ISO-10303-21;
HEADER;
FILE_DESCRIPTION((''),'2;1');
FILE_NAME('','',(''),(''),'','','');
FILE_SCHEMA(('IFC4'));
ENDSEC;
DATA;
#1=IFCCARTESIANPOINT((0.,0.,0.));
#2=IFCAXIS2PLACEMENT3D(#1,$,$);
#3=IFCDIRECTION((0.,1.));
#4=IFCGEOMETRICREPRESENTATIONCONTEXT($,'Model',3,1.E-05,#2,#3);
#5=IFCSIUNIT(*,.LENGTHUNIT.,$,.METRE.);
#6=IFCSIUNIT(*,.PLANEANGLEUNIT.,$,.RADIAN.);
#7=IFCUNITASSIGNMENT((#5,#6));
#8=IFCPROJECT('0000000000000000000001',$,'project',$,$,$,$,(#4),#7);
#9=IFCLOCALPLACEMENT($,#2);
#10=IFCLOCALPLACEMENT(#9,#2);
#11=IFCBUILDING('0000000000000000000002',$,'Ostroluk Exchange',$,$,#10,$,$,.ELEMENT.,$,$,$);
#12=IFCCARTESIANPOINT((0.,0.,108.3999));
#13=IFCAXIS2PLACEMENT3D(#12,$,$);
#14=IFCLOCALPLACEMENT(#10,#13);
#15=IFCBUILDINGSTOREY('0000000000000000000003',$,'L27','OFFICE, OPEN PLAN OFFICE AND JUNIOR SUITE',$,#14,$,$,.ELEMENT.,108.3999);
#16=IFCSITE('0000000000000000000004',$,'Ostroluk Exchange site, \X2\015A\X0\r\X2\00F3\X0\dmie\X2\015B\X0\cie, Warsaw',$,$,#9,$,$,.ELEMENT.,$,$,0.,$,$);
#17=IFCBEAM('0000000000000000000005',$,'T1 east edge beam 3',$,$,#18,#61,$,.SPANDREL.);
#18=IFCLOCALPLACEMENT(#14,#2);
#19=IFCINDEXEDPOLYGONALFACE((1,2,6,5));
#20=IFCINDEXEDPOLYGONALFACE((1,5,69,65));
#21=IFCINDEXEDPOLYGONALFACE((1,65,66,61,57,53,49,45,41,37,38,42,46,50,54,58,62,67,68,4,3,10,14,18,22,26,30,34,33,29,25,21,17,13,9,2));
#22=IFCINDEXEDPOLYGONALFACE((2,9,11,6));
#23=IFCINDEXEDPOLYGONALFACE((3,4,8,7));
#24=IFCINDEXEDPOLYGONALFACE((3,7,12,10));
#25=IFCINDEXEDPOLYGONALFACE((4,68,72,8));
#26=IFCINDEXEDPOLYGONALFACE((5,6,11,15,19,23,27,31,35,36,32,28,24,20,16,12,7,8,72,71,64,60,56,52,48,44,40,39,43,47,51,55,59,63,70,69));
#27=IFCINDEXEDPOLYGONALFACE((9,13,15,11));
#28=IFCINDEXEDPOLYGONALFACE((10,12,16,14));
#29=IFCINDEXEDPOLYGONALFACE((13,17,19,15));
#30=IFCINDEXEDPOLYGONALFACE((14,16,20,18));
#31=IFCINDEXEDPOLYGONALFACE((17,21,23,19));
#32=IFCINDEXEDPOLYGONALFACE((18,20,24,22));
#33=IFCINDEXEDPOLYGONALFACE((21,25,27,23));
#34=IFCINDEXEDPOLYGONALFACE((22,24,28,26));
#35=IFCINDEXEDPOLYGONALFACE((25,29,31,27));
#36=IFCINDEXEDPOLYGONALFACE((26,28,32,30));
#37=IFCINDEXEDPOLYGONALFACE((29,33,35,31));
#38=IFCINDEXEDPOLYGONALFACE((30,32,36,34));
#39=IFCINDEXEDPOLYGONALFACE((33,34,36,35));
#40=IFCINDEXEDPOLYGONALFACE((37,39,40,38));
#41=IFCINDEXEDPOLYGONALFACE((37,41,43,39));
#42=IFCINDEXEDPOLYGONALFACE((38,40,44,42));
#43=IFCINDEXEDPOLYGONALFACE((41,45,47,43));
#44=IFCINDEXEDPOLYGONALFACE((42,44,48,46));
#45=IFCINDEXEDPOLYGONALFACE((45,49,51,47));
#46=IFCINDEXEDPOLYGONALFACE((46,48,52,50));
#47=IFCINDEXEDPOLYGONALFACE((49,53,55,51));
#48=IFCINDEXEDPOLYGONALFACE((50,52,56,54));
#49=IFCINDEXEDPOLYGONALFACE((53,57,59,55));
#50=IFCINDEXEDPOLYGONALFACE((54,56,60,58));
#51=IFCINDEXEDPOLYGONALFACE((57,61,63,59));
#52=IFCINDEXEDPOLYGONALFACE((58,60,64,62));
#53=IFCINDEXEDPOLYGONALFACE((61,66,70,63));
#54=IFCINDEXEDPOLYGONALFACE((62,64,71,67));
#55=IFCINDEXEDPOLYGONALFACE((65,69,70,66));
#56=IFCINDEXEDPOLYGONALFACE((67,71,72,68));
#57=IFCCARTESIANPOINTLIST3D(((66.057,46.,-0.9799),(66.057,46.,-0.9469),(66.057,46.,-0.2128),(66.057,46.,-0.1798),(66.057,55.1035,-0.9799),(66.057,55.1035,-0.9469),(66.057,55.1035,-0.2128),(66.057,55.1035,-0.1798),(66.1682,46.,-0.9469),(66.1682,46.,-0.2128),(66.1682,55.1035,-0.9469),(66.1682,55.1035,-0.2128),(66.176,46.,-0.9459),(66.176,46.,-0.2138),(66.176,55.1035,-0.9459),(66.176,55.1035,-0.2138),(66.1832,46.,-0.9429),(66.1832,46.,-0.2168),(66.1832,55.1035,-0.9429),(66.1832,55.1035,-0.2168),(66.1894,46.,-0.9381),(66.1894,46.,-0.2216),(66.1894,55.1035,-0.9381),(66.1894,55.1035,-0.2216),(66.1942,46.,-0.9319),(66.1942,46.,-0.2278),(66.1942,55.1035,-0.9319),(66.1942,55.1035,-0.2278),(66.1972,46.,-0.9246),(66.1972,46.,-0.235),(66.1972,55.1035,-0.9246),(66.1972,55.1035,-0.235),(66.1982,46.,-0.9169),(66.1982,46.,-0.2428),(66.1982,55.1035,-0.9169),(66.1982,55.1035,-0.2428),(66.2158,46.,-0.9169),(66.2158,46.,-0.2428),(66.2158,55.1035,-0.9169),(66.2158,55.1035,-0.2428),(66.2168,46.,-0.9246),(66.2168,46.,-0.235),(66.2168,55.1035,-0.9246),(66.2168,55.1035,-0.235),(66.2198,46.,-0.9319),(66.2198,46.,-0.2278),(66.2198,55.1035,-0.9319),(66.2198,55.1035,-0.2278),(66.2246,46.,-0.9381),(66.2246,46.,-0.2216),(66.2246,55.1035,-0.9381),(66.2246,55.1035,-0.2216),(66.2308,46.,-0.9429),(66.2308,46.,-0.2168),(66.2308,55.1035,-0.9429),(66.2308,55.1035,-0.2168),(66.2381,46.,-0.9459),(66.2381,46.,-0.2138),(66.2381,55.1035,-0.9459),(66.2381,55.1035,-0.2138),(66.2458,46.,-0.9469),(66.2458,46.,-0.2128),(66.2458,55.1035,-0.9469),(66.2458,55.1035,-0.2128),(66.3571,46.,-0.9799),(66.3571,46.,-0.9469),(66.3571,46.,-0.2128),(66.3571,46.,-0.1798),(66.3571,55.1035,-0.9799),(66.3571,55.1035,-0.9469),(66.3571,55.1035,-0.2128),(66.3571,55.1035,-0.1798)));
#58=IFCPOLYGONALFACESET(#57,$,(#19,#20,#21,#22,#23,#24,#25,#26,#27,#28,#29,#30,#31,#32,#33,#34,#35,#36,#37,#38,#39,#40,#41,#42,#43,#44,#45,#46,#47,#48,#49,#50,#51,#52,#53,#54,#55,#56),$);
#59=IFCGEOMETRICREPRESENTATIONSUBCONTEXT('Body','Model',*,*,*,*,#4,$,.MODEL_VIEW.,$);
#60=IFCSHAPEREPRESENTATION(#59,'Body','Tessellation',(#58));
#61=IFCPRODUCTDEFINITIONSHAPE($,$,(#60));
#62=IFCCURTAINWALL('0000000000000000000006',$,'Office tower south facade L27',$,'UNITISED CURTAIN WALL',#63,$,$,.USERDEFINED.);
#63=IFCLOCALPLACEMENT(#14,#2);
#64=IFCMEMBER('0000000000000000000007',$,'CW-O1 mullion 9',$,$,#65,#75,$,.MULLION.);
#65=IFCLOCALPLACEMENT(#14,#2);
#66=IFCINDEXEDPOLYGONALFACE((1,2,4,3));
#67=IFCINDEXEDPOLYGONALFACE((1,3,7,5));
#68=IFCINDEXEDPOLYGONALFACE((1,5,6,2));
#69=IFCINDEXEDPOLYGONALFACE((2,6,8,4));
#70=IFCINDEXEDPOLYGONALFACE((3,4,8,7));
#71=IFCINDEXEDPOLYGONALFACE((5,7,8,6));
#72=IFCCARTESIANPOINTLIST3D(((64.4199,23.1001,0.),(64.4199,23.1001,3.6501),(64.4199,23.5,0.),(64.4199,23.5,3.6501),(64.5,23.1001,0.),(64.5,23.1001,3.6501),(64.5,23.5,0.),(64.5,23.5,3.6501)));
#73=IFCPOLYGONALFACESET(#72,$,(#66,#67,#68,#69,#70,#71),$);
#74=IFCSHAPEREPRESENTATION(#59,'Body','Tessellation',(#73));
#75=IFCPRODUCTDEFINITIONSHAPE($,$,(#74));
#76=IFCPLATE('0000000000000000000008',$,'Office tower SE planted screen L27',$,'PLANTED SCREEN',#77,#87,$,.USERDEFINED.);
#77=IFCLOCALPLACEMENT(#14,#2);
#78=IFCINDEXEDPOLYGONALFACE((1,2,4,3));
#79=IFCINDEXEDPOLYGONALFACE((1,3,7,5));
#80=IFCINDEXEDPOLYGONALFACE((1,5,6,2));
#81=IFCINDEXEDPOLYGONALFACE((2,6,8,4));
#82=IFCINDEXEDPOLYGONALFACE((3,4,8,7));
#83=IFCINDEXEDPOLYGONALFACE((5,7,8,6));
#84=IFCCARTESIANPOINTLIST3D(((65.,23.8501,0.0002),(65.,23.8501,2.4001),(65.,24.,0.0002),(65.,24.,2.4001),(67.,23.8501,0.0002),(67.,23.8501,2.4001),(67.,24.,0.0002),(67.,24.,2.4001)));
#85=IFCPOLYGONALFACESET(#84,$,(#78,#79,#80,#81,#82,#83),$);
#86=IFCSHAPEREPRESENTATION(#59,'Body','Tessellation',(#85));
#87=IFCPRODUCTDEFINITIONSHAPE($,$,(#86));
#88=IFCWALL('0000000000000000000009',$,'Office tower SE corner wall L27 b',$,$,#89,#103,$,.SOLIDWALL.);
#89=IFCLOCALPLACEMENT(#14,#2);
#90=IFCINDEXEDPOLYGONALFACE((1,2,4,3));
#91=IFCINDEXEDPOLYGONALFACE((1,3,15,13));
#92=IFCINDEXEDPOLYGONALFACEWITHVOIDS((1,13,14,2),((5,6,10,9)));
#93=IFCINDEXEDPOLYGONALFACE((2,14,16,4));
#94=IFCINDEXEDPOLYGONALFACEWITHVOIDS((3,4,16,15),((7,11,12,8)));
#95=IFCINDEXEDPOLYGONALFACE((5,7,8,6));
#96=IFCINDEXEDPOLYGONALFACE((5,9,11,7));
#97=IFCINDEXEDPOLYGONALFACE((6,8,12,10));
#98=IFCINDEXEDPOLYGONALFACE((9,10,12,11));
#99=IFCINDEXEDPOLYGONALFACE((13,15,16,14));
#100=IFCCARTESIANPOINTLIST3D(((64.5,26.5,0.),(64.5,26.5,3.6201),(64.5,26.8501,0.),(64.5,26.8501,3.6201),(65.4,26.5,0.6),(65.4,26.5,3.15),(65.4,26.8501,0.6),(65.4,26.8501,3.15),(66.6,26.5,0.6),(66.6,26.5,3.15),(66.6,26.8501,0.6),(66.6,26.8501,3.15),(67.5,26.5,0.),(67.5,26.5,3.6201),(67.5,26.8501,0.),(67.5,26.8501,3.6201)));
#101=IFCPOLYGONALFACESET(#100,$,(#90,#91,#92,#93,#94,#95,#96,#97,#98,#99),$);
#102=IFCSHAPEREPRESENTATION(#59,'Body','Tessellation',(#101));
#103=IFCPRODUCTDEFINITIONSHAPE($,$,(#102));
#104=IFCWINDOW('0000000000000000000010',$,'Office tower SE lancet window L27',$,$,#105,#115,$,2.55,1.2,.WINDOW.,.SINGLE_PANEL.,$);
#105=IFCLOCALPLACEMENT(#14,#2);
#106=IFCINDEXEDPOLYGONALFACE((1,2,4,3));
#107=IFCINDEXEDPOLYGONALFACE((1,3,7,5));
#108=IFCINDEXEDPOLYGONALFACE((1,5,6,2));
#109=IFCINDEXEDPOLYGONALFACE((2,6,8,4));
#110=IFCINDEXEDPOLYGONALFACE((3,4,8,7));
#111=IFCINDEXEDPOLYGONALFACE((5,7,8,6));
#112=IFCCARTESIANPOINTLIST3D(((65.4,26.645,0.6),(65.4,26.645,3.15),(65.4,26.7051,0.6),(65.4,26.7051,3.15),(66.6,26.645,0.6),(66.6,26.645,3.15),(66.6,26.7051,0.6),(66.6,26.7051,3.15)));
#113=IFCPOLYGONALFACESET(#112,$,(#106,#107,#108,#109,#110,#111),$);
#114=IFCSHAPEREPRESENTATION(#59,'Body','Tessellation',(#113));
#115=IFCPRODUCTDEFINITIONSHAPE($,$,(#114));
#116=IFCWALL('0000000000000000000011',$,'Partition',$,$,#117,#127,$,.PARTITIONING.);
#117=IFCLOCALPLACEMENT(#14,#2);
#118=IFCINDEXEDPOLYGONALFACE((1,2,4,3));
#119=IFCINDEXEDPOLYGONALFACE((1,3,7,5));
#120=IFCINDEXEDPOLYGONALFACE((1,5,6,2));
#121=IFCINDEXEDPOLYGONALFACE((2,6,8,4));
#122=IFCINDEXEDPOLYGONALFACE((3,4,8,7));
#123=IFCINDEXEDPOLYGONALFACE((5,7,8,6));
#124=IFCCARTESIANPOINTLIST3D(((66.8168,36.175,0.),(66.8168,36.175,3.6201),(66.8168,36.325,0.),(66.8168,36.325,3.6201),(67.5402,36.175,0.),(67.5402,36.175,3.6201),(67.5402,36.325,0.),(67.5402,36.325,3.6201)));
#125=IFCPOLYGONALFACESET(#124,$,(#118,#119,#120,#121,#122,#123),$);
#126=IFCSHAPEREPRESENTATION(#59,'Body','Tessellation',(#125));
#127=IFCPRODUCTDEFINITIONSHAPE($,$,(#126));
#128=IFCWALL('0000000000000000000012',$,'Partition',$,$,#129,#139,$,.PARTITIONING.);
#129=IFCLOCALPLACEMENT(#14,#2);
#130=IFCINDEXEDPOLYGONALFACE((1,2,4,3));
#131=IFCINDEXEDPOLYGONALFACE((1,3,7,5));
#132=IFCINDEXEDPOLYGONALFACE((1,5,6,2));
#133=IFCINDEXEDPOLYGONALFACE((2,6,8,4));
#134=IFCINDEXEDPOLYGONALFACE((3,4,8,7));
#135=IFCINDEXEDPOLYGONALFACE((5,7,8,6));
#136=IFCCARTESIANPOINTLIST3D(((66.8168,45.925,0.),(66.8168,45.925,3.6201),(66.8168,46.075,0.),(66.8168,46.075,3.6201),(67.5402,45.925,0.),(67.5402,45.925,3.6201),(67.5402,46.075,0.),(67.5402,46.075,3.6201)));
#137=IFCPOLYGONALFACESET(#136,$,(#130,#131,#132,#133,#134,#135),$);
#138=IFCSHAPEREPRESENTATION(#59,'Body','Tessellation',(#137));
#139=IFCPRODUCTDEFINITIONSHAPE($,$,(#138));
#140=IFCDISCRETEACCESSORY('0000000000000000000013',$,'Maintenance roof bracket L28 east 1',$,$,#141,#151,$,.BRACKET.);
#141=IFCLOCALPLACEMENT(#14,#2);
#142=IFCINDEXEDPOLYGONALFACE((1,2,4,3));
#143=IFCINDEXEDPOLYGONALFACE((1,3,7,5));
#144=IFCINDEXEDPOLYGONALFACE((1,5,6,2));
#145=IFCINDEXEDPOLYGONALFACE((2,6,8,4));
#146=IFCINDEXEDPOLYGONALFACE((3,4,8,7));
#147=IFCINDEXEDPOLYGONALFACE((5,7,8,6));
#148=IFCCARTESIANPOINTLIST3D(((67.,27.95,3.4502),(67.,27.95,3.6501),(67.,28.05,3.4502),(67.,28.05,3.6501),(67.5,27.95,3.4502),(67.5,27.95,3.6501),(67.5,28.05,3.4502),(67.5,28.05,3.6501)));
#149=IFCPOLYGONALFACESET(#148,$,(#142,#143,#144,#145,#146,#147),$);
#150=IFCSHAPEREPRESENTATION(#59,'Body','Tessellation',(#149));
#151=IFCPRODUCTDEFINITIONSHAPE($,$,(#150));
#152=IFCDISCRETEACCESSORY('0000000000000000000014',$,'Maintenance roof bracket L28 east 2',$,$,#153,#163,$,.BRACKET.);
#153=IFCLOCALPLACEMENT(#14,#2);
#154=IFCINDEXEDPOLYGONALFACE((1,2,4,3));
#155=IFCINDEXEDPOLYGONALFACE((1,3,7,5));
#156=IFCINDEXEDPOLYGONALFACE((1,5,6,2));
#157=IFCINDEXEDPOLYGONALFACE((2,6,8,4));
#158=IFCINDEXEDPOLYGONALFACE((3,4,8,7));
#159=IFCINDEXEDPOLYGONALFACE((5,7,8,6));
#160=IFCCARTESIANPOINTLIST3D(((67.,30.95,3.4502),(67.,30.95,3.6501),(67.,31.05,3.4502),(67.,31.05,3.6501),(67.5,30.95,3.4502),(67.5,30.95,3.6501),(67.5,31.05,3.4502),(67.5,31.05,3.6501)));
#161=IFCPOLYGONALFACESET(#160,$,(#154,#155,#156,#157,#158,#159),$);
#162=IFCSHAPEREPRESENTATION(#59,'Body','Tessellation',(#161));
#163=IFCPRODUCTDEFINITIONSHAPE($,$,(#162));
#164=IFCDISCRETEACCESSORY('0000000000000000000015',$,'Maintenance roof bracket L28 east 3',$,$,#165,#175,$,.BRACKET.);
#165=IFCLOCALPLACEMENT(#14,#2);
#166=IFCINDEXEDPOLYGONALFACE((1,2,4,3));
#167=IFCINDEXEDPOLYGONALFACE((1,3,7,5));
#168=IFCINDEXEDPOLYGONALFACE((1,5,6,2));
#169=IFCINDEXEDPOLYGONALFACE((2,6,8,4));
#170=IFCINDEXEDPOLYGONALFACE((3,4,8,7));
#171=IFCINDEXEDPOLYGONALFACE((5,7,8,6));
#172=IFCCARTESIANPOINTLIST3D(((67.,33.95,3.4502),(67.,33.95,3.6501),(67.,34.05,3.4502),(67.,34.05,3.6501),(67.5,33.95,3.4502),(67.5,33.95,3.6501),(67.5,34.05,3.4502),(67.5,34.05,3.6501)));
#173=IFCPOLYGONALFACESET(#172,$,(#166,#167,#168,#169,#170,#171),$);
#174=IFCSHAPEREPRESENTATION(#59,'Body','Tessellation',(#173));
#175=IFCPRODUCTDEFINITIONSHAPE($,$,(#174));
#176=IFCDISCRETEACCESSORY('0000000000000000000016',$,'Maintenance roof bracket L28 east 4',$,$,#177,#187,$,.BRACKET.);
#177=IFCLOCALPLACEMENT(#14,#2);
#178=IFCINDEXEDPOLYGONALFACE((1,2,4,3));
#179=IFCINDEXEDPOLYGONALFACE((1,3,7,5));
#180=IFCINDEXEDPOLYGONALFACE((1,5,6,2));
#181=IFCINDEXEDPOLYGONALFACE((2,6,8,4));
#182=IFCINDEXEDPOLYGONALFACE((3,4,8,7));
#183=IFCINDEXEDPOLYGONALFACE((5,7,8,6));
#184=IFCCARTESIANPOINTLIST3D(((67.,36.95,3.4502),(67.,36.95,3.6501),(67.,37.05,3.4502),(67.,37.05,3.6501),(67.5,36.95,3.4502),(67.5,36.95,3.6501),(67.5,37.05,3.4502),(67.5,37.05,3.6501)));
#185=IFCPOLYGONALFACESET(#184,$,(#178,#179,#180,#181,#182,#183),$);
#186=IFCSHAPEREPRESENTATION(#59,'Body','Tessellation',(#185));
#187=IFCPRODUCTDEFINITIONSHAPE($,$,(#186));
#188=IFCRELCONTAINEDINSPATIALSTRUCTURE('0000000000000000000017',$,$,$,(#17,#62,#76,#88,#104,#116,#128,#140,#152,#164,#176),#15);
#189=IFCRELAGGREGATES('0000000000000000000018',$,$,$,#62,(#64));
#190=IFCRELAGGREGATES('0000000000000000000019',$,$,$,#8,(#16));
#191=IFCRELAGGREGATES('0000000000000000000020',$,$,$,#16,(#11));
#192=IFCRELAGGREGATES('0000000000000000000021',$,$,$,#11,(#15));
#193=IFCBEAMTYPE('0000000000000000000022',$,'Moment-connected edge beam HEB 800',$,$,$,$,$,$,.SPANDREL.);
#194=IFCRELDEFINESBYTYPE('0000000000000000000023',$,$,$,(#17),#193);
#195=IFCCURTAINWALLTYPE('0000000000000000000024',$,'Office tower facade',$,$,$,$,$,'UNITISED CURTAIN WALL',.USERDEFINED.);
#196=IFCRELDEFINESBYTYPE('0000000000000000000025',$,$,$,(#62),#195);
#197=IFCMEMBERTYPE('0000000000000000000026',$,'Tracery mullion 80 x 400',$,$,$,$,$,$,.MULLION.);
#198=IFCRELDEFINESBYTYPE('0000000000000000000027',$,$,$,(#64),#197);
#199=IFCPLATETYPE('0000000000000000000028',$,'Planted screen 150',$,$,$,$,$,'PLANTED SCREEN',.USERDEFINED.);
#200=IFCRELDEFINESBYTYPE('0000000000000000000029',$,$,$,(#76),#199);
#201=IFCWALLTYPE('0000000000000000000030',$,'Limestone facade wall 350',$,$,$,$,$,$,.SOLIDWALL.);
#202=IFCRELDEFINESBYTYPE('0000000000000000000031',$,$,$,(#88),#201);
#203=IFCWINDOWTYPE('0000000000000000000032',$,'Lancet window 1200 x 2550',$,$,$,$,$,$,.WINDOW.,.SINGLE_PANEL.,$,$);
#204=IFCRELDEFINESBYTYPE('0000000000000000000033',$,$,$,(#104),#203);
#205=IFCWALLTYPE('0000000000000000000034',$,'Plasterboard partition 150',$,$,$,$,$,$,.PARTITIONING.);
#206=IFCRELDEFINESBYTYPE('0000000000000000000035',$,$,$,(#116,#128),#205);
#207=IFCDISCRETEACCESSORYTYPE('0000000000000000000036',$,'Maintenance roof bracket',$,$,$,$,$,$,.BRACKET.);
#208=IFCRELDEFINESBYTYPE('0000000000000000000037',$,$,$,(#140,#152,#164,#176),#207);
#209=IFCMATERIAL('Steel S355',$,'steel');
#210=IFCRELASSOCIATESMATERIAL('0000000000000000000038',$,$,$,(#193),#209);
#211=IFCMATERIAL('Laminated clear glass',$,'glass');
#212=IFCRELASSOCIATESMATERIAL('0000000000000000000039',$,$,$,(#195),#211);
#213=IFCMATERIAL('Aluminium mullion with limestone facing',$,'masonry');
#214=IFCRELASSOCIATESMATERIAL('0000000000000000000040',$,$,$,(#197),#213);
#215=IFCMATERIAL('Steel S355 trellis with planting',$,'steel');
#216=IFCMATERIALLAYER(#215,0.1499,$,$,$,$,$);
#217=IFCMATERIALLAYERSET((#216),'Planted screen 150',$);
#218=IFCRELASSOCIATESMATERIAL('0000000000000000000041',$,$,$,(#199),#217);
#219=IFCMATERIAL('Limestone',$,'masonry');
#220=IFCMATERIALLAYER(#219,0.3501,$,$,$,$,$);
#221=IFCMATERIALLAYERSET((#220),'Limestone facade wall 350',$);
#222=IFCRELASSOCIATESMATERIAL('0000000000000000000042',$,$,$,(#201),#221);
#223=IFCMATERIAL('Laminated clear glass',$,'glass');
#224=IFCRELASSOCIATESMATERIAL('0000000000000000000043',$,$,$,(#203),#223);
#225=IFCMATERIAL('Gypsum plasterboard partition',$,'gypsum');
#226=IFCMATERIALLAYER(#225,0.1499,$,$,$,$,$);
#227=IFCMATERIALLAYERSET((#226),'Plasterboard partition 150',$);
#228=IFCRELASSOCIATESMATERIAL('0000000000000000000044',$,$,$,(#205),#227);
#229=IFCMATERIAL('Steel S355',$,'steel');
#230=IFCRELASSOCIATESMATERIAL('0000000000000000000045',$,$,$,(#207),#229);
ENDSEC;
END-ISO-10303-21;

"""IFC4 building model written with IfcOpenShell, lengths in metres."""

from ifc_helpers import new_model, si_unit, direction, frame, frame_2d, origin, origin_2d, place, context, subcontext, project, spatial, rectangle, i_section, extrude, material, layer, layer_set, material_profile, profile_set, type_object, element, fill, aggregate, save


model = new_model("IFC4")

# Units and contexts
model_context = context("Model", 3, precision=1e-05, world=origin(), true_north=direction((0.0, 1.0)))
body_context = subcontext(model_context, "Body", "Model", "MODEL_VIEW")
ifc_project = project(units=[si_unit("LENGTHUNIT", "METRE"), si_unit("PLANEANGLEUNIT", "RADIAN")], contexts=[model_context])

# Site, building, storey
site_placement = place(None, origin())
site = spatial("IfcSite", under=ifc_project, at=site_placement, Name="Ostroluk Exchange site, Śródmieście, Warsaw", CompositionType="ELEMENT", RefElevation=0.0)
building_placement = place(site_placement, origin())
building = spatial("IfcBuilding", under=site, at=building_placement, Name="Ostroluk Exchange", CompositionType="ELEMENT")
storey_placement = place(building_placement, frame((0.0, 0.0, 108.3999)))
storey = spatial("IfcBuildingStorey", under=building, at=storey_placement, Name="L27", Description="OFFICE, OPEN PLAN OFFICE AND JUNIOR SUITE", CompositionType="ELEMENT", Elevation=108.3999)

# Beam
ifc_material_1 = material(Name="Steel S355", Category="steel")
ifc_material_profile_1 = material_profile(ifc_material_1, i_section(OverallWidth=0.3, OverallDepth=0.8, WebThickness=0.0176, FlangeThickness=0.033, FilletRadius=0.03, at=origin_2d()), Name="HEB 800")
ifc_profile_set_1 = profile_set([ifc_material_profile_1], Name="Steel S355")
beam_type_1 = type_object("IfcBeamType", Name="Moment-connected edge beam HEB 800", PredefinedType="SPANDREL", material=ifc_profile_set_1)
for number, where, z_axis, x_axis, name in (
    (1, (66.207, 46.0, -0.5798), (0.0, 1.0, 0.0), (-1.0, 0.0, 0.0), "T1 east edge beam 3"),
):
    element("IfcBeam", number, at=place(storey_placement, frame(where, z_axis=z_axis, x_axis=x_axis)), inside=storey, type_object=beam_type_1, Name=name, PredefinedType="SPANDREL", context=body_context, shape_type="SweptSolid", body=[
        extrude(i_section(OverallWidth=0.3, OverallDepth=0.8, WebThickness=0.0176, FlangeThickness=0.033, FilletRadius=0.03, at=origin_2d()), origin(), (0.0, 0.0, 1.0), 9.1035),
    ])

# Curtain wall, member
ifc_material_2 = material(Name="Laminated clear glass", Category="glass")
curtain_wall_type = type_object("IfcCurtainWallType", Name="Office tower facade", ElementType="UNITISED CURTAIN WALL", PredefinedType="USERDEFINED", material=ifc_material_2)
curtain_wall_placement = place(storey_placement, origin())
curtain_wall = element("IfcCurtainWall", 2, at=curtain_wall_placement, inside=storey, type_object=curtain_wall_type, Name="Office tower south facade L27", ObjectType="UNITISED CURTAIN WALL", PredefinedType="USERDEFINED")
ifc_material_3 = material(Name="Aluminium mullion with limestone facing", Category="masonry")
ifc_material_profile_2 = material_profile(ifc_material_3, rectangle(XDim=0.3999, YDim=0.0801, at=origin_2d()), Name="Tracery mullion 80 x 400")
ifc_profile_set_2 = profile_set([ifc_material_profile_2], Name="Aluminium mullion with limestone facing")
member_type = type_object("IfcMemberType", Name="Tracery mullion 80 x 400", PredefinedType="MULLION", material=ifc_profile_set_2)
member_placement = place(storey_placement, frame((64.46, 23.3, 0.0), z_axis=(0.0, 0.0, 1.0), x_axis=(0.0, 1.0, 0.0)))
member = element("IfcMember", 3, at=member_placement, type_object=member_type, Name="CW-O1 mullion 9", PredefinedType="MULLION", context=body_context, shape_type="SweptSolid", body=[
    extrude(rectangle(XDim=0.3999, YDim=0.0801, at=origin_2d()), origin(), (0.0, 0.0, 1.0), 3.6501),
])
aggregate(curtain_wall, [member])

# Plate
ifc_material_4 = material(Name="Steel S355 trellis with planting", Category="steel")
ifc_layer_1 = layer(ifc_material_4, 0.1499)
ifc_layer_set_1 = layer_set([ifc_layer_1], Name="Planted screen 150")
plate_type = type_object("IfcPlateType", Name="Planted screen 150", ElementType="PLANTED SCREEN", PredefinedType="USERDEFINED", material=ifc_layer_set_1)
plate_placement = place(storey_placement, frame((66.0, 23.925, 0.0002), z_axis=(0.0, 0.0, 1.0), x_axis=(1.0, 0.0, 0.0)))
element("IfcPlate", 4, at=plate_placement, inside=storey, type_object=plate_type, Name="Office tower SE planted screen L27", ObjectType="PLANTED SCREEN", PredefinedType="USERDEFINED", context=body_context, shape_type="SweptSolid", body=[
    extrude(rectangle(XDim=2.0, YDim=0.1499, at=origin_2d()), origin(), (0.0, 0.0, 1.0), 2.3999),
])

# Shared definitions
ifc_material_5 = material(Name="Limestone", Category="masonry")
ifc_layer_2 = layer(ifc_material_5, 0.3501)
ifc_layer_set_2 = layer_set([ifc_layer_2], Name="Limestone facade wall 350")
wall_type_1 = type_object("IfcWallType", Name="Limestone facade wall 350", PredefinedType="SOLIDWALL", material=ifc_layer_set_2)

# Wall, opening, window
wall_1_placement = place(storey_placement, frame((64.5, 26.675, 0.0), z_axis=(0.0, 0.0, 1.0), x_axis=(1.0, 0.0, 0.0)))
wall_1 = element("IfcWall", 5, at=wall_1_placement, inside=storey, type_object=wall_type_1, Name="Office tower SE corner wall L27 b", PredefinedType="SOLIDWALL", context=body_context, shape_type="SweptSolid", body=[
    extrude(rectangle(XDim=3.0, YDim=0.3501, at=frame_2d((1.5, 0.0))), origin(), (0.0, 0.0, 1.0), 3.6201),
])
opening_1_placement = place(wall_1_placement, frame((0.8999, 0.0, 0.6001)))
opening_1 = element("IfcOpeningElement", 6, at=opening_1_placement, cuts=wall_1, PredefinedType="OPENING", context=body_context, shape_type="SweptSolid", body=[
    extrude(rectangle(XDim=1.2, YDim=2.55, at=frame_2d((0.6001, 1.2749))), frame((0.0, 0.1851, 0.0), z_axis=(0.0, -1.0, 0.0), x_axis=(1.0, 0.0, 0.0)), (0.0, 0.0, 1.0), 0.3701),
])
ifc_material_6 = material(Name="Laminated clear glass", Category="glass")
window_type = type_object("IfcWindowType", Name="Lancet window 1200 x 2550", PartitioningType="SINGLE_PANEL", PredefinedType="WINDOW", material=ifc_material_6)
window_placement = place(opening_1_placement, origin())
window = element("IfcWindow", 7, at=window_placement, inside=storey, type_object=window_type, Name="Office tower SE lancet window L27", OverallHeight=2.55, OverallWidth=1.2, PartitioningType="SINGLE_PANEL", PredefinedType="WINDOW", context=body_context, shape_type="SweptSolid", body=[
    extrude(rectangle(XDim=1.2, YDim=2.55, at=frame_2d((0.6001, 1.2749))), frame((0.0, 0.03, 0.0), z_axis=(0.0, -1.0, 0.0), x_axis=(1.0, 0.0, 0.0)), (0.0, 0.0, 1.0), 0.0601),
])
fill(opening_1, window)

# Walls
ifc_material_7 = material(Name="Gypsum plasterboard partition", Category="gypsum")
ifc_layer_3 = layer(ifc_material_7, 0.1499)
ifc_layer_set_3 = layer_set([ifc_layer_3], Name="Plasterboard partition 150")
wall_type_2 = type_object("IfcWallType", Name="Plasterboard partition 150", PredefinedType="PARTITIONING", material=ifc_layer_set_3)
for number, where, z_axis, x_axis, name in (
    (8, (66.8167, 36.25, 0.0), (0.0, 0.0, 1.0), (1.0, 0.0, 0.0), "Partition"),
    (9, (66.8167, 46.0, 0.0), (0.0, 0.0, 1.0), (1.0, 0.0, 0.0), "Partition"),
):
    element("IfcWall", number, at=place(storey_placement, frame(where, z_axis=z_axis, x_axis=x_axis)), inside=storey, type_object=wall_type_2, Name=name, PredefinedType="PARTITIONING", context=body_context, shape_type="SweptSolid", body=[
        extrude(rectangle(XDim=0.7234, YDim=0.1499, at=frame_2d((0.3618, 0.0))), origin(), (0.0, 0.0, 1.0), 3.6201),
    ])

# Discrete accessories
ifc_material_8 = material(Name="Steel S355", Category="steel")
discrete_accessory_type = type_object("IfcDiscreteAccessoryType", Name="Maintenance roof bracket", PredefinedType="BRACKET", material=ifc_material_8)
for number, where, z_axis, x_axis, name in (
    (10, (67.25, 28.0, 3.4502), (0.0, 0.0, 1.0), (1.0, 0.0, 0.0), "Maintenance roof bracket L28 east 1"),
    (11, (67.25, 31.0, 3.4502), (0.0, 0.0, 1.0), (1.0, 0.0, 0.0), "Maintenance roof bracket L28 east 2"),
    (12, (67.25, 34.0, 3.4502), (0.0, 0.0, 1.0), (1.0, 0.0, 0.0), "Maintenance roof bracket L28 east 3"),
    (13, (67.25, 37.0, 3.4502), (0.0, 0.0, 1.0), (1.0, 0.0, 0.0), "Maintenance roof bracket L28 east 4"),
):
    element("IfcDiscreteAccessory", number, at=place(storey_placement, frame(where, z_axis=z_axis, x_axis=x_axis)), inside=storey, type_object=discrete_accessory_type, Name=name, PredefinedType="BRACKET", context=body_context, shape_type="SweptSolid", body=[
        extrude(rectangle(XDim=0.5, YDim=0.1001, at=origin_2d()), origin(), (0.0, 0.0, 1.0), 0.2),
    ])

save(model, "model.ifc")
